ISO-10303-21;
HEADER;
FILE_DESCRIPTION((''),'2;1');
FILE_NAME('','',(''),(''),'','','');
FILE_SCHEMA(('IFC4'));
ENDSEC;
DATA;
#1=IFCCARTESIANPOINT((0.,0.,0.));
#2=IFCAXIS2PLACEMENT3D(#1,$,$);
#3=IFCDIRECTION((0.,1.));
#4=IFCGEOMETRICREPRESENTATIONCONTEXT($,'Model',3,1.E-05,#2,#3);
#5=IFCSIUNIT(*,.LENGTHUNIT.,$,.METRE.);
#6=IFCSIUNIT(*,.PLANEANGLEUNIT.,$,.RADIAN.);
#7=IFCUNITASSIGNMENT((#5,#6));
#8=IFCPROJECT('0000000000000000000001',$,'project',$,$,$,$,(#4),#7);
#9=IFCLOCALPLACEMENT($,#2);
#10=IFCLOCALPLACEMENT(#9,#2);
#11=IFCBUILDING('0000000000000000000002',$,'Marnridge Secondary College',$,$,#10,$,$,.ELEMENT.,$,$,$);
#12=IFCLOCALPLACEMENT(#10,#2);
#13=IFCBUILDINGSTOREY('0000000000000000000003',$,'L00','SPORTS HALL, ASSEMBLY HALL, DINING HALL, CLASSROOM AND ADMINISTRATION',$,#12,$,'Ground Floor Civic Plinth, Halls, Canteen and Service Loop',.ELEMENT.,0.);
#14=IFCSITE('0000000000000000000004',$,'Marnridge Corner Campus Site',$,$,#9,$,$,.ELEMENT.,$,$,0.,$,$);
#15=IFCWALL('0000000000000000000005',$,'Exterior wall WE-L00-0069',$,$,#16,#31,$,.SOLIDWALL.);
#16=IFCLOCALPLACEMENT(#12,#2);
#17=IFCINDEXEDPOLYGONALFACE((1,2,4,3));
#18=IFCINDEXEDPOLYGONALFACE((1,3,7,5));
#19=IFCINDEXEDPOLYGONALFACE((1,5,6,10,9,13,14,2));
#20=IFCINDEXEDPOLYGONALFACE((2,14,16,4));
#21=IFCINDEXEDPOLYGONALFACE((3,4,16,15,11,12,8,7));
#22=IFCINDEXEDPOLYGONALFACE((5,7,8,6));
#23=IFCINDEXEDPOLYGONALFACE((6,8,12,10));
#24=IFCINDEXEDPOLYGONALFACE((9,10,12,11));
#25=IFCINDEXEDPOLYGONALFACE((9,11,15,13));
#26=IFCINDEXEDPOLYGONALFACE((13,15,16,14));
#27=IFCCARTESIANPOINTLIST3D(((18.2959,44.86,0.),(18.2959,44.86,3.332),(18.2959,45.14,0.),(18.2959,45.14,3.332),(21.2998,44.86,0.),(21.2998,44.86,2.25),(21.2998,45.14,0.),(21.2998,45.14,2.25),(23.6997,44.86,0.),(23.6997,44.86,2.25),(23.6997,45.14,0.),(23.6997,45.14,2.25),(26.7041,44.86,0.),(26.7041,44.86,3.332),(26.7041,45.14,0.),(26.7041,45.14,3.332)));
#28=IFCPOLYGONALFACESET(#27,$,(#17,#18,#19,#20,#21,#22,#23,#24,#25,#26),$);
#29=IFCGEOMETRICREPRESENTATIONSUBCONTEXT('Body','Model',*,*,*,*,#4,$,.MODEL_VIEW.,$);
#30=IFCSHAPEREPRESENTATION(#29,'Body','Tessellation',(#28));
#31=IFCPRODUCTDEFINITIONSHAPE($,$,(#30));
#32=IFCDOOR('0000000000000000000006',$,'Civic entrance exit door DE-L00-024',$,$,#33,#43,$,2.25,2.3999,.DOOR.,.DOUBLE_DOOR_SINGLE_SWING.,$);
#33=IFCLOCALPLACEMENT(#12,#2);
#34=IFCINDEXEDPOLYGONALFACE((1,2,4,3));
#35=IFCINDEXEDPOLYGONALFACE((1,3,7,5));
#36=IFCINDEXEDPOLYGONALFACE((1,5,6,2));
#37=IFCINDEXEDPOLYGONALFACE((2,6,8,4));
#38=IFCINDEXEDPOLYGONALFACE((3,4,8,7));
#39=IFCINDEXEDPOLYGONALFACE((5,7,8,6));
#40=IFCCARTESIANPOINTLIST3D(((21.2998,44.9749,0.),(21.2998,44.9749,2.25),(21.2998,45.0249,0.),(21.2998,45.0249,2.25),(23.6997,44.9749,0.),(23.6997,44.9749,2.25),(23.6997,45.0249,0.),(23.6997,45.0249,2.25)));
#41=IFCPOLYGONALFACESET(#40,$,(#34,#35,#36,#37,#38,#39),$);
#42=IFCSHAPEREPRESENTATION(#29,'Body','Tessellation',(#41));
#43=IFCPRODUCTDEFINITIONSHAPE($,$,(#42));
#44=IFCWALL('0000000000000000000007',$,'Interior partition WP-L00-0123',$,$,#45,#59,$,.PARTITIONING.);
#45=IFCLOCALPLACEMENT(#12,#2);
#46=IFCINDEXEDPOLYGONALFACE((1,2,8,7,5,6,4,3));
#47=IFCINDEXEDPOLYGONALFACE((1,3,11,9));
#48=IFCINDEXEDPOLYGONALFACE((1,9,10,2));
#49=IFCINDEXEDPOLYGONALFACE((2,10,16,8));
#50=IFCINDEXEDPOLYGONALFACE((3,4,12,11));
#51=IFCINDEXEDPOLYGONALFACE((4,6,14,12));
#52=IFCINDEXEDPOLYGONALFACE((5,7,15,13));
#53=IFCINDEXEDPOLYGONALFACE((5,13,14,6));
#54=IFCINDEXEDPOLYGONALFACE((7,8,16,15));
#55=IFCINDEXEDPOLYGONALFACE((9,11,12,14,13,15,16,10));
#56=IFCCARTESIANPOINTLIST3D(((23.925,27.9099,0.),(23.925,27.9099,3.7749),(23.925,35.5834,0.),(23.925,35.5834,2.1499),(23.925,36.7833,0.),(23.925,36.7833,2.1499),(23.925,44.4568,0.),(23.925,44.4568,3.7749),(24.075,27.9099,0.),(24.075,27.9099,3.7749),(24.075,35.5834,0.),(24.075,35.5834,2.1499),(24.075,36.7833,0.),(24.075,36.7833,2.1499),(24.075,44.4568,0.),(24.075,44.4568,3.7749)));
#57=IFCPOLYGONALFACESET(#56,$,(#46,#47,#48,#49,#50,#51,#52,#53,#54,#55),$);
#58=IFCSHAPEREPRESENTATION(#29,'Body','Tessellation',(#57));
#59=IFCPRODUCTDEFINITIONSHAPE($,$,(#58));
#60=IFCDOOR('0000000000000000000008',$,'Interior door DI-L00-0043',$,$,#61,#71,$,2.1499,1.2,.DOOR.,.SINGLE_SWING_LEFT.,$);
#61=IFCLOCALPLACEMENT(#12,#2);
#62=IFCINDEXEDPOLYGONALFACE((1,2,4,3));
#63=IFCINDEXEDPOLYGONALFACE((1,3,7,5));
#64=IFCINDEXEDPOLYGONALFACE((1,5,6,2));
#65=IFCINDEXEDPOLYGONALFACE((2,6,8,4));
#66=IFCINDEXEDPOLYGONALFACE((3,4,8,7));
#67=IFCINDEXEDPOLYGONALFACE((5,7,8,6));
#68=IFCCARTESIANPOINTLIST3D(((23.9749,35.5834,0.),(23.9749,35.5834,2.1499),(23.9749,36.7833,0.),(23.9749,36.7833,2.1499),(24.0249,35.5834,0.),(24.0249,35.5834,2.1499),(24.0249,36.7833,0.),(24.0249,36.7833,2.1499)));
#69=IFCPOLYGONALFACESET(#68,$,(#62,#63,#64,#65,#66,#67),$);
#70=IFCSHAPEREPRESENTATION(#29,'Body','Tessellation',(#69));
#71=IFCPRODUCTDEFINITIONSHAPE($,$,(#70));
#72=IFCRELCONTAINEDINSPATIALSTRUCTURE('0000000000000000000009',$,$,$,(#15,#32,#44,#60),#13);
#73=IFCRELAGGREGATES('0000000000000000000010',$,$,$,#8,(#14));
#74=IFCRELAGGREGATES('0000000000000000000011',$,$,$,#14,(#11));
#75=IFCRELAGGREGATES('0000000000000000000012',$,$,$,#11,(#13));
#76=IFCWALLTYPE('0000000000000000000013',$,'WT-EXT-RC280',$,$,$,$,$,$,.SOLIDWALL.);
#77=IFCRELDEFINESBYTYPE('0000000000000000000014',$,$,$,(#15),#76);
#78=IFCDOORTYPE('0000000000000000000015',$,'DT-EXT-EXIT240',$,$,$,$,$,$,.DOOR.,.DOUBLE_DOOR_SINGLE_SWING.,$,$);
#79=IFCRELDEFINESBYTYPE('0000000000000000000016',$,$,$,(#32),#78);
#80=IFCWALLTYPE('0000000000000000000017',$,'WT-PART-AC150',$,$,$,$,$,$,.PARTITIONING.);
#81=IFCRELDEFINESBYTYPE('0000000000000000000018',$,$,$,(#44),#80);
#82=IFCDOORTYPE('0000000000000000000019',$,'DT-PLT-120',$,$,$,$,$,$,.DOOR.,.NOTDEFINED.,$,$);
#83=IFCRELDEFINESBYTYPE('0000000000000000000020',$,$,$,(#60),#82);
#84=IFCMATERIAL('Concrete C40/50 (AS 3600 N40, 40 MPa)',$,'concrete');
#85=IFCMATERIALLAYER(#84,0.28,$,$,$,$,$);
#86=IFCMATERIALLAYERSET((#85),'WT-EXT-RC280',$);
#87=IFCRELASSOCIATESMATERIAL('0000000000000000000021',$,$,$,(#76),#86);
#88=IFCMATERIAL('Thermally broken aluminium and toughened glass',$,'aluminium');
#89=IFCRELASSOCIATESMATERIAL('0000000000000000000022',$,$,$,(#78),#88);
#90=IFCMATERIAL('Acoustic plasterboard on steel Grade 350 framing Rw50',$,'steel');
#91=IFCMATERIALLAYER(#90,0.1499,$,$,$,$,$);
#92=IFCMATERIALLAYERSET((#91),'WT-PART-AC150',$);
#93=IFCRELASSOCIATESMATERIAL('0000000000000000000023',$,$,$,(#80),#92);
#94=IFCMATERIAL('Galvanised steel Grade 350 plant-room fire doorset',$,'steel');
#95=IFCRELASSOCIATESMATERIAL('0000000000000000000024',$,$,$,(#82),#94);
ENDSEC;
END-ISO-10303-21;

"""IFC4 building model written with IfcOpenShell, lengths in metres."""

from ifc_helpers import new_model, si_unit, direction, frame, frame_2d, origin, place, context, subcontext, project, spatial, rectangle, extrude, material, layer, layer_set, type_object, element, fill, save


model = new_model("IFC4")

# Units and contexts
model_context = context("Model", 3, precision=1e-05, world=origin(), true_north=direction((0.0, 1.0)))
body_context = subcontext(model_context, "Body", "Model", "MODEL_VIEW")
ifc_project = project(units=[si_unit("LENGTHUNIT", "METRE"), si_unit("PLANEANGLEUNIT", "RADIAN")], contexts=[model_context])

# Site, building, storey
site_placement = place(None, origin())
site = spatial("IfcSite", under=ifc_project, at=site_placement, Name="Marnridge Corner Campus Site", CompositionType="ELEMENT", RefElevation=0.0)
building_placement = place(site_placement, origin())
building = spatial("IfcBuilding", under=site, at=building_placement, Name="Marnridge Secondary College", CompositionType="ELEMENT")
storey_placement = place(building_placement, origin())
storey = spatial("IfcBuildingStorey", under=building, at=storey_placement, Name="L00", Description="SPORTS HALL, ASSEMBLY HALL, DINING HALL, CLASSROOM AND ADMINISTRATION", LongName="Ground Floor Civic Plinth, Halls, Canteen and Service Loop", CompositionType="ELEMENT", Elevation=0.0)

# Walls, openings, doors
ifc_material_1 = material(Name="Concrete C40/50 (AS 3600 N40, 40 MPa)", Category="concrete")
ifc_layer_1 = layer(ifc_material_1, 0.28)
ifc_layer_set_1 = layer_set([ifc_layer_1], Name="WT-EXT-RC280")
wall_type_1 = type_object("IfcWallType", Name="WT-EXT-RC280", PredefinedType="SOLIDWALL", material=ifc_layer_set_1)
wall_1_placement = place(storey_placement, frame((18.2959, 45.0, 0.0), z_axis=(0.0, 0.0, 1.0), x_axis=(1.0, 0.0, 0.0)))
wall_1 = element("IfcWall", 1, at=wall_1_placement, inside=storey, type_object=wall_type_1, Name="Exterior wall WE-L00-0069", PredefinedType="SOLIDWALL", context=body_context, shape_type="SweptSolid", body=[
    extrude(rectangle(XDim=8.4082, YDim=0.28, at=frame_2d((4.2041, 0.0))), origin(), (0.0, 0.0, 1.0), 3.332),
])
opening_1_placement = place(wall_1_placement, frame((3.0039, 0.0, 0.0)))
opening_1 = element("IfcOpeningElement", 2, at=opening_1_placement, cuts=wall_1, PredefinedType="OPENING", context=body_context, shape_type="SweptSolid", body=[
    extrude(rectangle(XDim=2.3999, YDim=2.25, at=frame_2d((1.2, 1.125))), frame((0.0, 0.1499, 0.0), z_axis=(0.0, -1.0, 0.0), x_axis=(1.0, 0.0, 0.0)), (0.0, 0.0, 1.0), 0.3),
])
ifc_material_2 = material(Name="Thermally broken aluminium and toughened glass", Category="aluminium")
door_type_1 = type_object("IfcDoorType", Name="DT-EXT-EXIT240", OperationType="DOUBLE_DOOR_SINGLE_SWING", PredefinedType="DOOR", material=ifc_material_2)
door_1_placement = place(opening_1_placement, origin())
door_1 = element("IfcDoor", 3, at=door_1_placement, inside=storey, type_object=door_type_1, Name="Civic entrance exit door DE-L00-024", OperationType="DOUBLE_DOOR_SINGLE_SWING", OverallHeight=2.25, OverallWidth=2.3999, PredefinedType="DOOR", context=body_context, shape_type="SweptSolid", body=[
    extrude(rectangle(XDim=2.3999, YDim=2.25, at=frame_2d((1.2, 1.125))), frame((0.0, 0.0249, 0.0), z_axis=(0.0, -1.0, 0.0), x_axis=(1.0, 0.0, 0.0)), (0.0, 0.0, 1.0), 0.05),
])
fill(opening_1, door_1)
ifc_material_3 = material(Name="Acoustic plasterboard on steel Grade 350 framing Rw50", Category="steel")
ifc_layer_2 = layer(ifc_material_3, 0.1499)
ifc_layer_set_2 = layer_set([ifc_layer_2], Name="WT-PART-AC150")
wall_type_2 = type_object("IfcWallType", Name="WT-PART-AC150", PredefinedType="PARTITIONING", material=ifc_layer_set_2)
wall_2_placement = place(storey_placement, frame((24.0, 44.4568, 0.0), z_axis=(0.0, 0.0, 1.0), x_axis=(0.0, -1.0, 0.0)))
wall_2 = element("IfcWall", 4, at=wall_2_placement, inside=storey, type_object=wall_type_2, Name="Interior partition WP-L00-0123", PredefinedType="PARTITIONING", context=body_context, shape_type="SweptSolid", body=[
    extrude(rectangle(XDim=16.5469, YDim=0.1499, at=frame_2d((8.2734, 0.0))), origin(), (0.0, 0.0, 1.0), 3.7749),
])
opening_2_placement = place(wall_2_placement, frame((7.6733, 0.0, 0.0)))
opening_2 = element("IfcOpeningElement", 5, at=opening_2_placement, cuts=wall_2, PredefinedType="OPENING", context=body_context, shape_type="SweptSolid", body=[
    extrude(rectangle(XDim=1.2, YDim=2.1499, at=frame_2d((0.6001, 1.075))), frame((0.0, 0.085, 0.0), z_axis=(0.0, -1.0, 0.0), x_axis=(1.0, 0.0, 0.0)), (0.0, 0.0, 1.0), 0.1699),
])
ifc_material_4 = material(Name="Galvanised steel Grade 350 plant-room fire doorset", Category="steel")
door_type_2 = type_object("IfcDoorType", Name="DT-PLT-120", OperationType="NOTDEFINED", PredefinedType="DOOR", material=ifc_material_4)
door_2_placement = place(opening_2_placement, origin())
door_2 = element("IfcDoor", 6, at=door_2_placement, inside=storey, type_object=door_type_2, Name="Interior door DI-L00-0043", OperationType="SINGLE_SWING_LEFT", OverallHeight=2.1499, OverallWidth=1.2, PredefinedType="DOOR", context=body_context, shape_type="SweptSolid", body=[
    extrude(rectangle(XDim=1.2, YDim=2.1499, at=frame_2d((0.6001, 1.075))), frame((0.0, 0.0249, 0.0), z_axis=(0.0, -1.0, 0.0), x_axis=(1.0, 0.0, 0.0)), (0.0, 0.0, 1.0), 0.05),
])
fill(opening_2, door_2)

save(model, "model.ifc")
